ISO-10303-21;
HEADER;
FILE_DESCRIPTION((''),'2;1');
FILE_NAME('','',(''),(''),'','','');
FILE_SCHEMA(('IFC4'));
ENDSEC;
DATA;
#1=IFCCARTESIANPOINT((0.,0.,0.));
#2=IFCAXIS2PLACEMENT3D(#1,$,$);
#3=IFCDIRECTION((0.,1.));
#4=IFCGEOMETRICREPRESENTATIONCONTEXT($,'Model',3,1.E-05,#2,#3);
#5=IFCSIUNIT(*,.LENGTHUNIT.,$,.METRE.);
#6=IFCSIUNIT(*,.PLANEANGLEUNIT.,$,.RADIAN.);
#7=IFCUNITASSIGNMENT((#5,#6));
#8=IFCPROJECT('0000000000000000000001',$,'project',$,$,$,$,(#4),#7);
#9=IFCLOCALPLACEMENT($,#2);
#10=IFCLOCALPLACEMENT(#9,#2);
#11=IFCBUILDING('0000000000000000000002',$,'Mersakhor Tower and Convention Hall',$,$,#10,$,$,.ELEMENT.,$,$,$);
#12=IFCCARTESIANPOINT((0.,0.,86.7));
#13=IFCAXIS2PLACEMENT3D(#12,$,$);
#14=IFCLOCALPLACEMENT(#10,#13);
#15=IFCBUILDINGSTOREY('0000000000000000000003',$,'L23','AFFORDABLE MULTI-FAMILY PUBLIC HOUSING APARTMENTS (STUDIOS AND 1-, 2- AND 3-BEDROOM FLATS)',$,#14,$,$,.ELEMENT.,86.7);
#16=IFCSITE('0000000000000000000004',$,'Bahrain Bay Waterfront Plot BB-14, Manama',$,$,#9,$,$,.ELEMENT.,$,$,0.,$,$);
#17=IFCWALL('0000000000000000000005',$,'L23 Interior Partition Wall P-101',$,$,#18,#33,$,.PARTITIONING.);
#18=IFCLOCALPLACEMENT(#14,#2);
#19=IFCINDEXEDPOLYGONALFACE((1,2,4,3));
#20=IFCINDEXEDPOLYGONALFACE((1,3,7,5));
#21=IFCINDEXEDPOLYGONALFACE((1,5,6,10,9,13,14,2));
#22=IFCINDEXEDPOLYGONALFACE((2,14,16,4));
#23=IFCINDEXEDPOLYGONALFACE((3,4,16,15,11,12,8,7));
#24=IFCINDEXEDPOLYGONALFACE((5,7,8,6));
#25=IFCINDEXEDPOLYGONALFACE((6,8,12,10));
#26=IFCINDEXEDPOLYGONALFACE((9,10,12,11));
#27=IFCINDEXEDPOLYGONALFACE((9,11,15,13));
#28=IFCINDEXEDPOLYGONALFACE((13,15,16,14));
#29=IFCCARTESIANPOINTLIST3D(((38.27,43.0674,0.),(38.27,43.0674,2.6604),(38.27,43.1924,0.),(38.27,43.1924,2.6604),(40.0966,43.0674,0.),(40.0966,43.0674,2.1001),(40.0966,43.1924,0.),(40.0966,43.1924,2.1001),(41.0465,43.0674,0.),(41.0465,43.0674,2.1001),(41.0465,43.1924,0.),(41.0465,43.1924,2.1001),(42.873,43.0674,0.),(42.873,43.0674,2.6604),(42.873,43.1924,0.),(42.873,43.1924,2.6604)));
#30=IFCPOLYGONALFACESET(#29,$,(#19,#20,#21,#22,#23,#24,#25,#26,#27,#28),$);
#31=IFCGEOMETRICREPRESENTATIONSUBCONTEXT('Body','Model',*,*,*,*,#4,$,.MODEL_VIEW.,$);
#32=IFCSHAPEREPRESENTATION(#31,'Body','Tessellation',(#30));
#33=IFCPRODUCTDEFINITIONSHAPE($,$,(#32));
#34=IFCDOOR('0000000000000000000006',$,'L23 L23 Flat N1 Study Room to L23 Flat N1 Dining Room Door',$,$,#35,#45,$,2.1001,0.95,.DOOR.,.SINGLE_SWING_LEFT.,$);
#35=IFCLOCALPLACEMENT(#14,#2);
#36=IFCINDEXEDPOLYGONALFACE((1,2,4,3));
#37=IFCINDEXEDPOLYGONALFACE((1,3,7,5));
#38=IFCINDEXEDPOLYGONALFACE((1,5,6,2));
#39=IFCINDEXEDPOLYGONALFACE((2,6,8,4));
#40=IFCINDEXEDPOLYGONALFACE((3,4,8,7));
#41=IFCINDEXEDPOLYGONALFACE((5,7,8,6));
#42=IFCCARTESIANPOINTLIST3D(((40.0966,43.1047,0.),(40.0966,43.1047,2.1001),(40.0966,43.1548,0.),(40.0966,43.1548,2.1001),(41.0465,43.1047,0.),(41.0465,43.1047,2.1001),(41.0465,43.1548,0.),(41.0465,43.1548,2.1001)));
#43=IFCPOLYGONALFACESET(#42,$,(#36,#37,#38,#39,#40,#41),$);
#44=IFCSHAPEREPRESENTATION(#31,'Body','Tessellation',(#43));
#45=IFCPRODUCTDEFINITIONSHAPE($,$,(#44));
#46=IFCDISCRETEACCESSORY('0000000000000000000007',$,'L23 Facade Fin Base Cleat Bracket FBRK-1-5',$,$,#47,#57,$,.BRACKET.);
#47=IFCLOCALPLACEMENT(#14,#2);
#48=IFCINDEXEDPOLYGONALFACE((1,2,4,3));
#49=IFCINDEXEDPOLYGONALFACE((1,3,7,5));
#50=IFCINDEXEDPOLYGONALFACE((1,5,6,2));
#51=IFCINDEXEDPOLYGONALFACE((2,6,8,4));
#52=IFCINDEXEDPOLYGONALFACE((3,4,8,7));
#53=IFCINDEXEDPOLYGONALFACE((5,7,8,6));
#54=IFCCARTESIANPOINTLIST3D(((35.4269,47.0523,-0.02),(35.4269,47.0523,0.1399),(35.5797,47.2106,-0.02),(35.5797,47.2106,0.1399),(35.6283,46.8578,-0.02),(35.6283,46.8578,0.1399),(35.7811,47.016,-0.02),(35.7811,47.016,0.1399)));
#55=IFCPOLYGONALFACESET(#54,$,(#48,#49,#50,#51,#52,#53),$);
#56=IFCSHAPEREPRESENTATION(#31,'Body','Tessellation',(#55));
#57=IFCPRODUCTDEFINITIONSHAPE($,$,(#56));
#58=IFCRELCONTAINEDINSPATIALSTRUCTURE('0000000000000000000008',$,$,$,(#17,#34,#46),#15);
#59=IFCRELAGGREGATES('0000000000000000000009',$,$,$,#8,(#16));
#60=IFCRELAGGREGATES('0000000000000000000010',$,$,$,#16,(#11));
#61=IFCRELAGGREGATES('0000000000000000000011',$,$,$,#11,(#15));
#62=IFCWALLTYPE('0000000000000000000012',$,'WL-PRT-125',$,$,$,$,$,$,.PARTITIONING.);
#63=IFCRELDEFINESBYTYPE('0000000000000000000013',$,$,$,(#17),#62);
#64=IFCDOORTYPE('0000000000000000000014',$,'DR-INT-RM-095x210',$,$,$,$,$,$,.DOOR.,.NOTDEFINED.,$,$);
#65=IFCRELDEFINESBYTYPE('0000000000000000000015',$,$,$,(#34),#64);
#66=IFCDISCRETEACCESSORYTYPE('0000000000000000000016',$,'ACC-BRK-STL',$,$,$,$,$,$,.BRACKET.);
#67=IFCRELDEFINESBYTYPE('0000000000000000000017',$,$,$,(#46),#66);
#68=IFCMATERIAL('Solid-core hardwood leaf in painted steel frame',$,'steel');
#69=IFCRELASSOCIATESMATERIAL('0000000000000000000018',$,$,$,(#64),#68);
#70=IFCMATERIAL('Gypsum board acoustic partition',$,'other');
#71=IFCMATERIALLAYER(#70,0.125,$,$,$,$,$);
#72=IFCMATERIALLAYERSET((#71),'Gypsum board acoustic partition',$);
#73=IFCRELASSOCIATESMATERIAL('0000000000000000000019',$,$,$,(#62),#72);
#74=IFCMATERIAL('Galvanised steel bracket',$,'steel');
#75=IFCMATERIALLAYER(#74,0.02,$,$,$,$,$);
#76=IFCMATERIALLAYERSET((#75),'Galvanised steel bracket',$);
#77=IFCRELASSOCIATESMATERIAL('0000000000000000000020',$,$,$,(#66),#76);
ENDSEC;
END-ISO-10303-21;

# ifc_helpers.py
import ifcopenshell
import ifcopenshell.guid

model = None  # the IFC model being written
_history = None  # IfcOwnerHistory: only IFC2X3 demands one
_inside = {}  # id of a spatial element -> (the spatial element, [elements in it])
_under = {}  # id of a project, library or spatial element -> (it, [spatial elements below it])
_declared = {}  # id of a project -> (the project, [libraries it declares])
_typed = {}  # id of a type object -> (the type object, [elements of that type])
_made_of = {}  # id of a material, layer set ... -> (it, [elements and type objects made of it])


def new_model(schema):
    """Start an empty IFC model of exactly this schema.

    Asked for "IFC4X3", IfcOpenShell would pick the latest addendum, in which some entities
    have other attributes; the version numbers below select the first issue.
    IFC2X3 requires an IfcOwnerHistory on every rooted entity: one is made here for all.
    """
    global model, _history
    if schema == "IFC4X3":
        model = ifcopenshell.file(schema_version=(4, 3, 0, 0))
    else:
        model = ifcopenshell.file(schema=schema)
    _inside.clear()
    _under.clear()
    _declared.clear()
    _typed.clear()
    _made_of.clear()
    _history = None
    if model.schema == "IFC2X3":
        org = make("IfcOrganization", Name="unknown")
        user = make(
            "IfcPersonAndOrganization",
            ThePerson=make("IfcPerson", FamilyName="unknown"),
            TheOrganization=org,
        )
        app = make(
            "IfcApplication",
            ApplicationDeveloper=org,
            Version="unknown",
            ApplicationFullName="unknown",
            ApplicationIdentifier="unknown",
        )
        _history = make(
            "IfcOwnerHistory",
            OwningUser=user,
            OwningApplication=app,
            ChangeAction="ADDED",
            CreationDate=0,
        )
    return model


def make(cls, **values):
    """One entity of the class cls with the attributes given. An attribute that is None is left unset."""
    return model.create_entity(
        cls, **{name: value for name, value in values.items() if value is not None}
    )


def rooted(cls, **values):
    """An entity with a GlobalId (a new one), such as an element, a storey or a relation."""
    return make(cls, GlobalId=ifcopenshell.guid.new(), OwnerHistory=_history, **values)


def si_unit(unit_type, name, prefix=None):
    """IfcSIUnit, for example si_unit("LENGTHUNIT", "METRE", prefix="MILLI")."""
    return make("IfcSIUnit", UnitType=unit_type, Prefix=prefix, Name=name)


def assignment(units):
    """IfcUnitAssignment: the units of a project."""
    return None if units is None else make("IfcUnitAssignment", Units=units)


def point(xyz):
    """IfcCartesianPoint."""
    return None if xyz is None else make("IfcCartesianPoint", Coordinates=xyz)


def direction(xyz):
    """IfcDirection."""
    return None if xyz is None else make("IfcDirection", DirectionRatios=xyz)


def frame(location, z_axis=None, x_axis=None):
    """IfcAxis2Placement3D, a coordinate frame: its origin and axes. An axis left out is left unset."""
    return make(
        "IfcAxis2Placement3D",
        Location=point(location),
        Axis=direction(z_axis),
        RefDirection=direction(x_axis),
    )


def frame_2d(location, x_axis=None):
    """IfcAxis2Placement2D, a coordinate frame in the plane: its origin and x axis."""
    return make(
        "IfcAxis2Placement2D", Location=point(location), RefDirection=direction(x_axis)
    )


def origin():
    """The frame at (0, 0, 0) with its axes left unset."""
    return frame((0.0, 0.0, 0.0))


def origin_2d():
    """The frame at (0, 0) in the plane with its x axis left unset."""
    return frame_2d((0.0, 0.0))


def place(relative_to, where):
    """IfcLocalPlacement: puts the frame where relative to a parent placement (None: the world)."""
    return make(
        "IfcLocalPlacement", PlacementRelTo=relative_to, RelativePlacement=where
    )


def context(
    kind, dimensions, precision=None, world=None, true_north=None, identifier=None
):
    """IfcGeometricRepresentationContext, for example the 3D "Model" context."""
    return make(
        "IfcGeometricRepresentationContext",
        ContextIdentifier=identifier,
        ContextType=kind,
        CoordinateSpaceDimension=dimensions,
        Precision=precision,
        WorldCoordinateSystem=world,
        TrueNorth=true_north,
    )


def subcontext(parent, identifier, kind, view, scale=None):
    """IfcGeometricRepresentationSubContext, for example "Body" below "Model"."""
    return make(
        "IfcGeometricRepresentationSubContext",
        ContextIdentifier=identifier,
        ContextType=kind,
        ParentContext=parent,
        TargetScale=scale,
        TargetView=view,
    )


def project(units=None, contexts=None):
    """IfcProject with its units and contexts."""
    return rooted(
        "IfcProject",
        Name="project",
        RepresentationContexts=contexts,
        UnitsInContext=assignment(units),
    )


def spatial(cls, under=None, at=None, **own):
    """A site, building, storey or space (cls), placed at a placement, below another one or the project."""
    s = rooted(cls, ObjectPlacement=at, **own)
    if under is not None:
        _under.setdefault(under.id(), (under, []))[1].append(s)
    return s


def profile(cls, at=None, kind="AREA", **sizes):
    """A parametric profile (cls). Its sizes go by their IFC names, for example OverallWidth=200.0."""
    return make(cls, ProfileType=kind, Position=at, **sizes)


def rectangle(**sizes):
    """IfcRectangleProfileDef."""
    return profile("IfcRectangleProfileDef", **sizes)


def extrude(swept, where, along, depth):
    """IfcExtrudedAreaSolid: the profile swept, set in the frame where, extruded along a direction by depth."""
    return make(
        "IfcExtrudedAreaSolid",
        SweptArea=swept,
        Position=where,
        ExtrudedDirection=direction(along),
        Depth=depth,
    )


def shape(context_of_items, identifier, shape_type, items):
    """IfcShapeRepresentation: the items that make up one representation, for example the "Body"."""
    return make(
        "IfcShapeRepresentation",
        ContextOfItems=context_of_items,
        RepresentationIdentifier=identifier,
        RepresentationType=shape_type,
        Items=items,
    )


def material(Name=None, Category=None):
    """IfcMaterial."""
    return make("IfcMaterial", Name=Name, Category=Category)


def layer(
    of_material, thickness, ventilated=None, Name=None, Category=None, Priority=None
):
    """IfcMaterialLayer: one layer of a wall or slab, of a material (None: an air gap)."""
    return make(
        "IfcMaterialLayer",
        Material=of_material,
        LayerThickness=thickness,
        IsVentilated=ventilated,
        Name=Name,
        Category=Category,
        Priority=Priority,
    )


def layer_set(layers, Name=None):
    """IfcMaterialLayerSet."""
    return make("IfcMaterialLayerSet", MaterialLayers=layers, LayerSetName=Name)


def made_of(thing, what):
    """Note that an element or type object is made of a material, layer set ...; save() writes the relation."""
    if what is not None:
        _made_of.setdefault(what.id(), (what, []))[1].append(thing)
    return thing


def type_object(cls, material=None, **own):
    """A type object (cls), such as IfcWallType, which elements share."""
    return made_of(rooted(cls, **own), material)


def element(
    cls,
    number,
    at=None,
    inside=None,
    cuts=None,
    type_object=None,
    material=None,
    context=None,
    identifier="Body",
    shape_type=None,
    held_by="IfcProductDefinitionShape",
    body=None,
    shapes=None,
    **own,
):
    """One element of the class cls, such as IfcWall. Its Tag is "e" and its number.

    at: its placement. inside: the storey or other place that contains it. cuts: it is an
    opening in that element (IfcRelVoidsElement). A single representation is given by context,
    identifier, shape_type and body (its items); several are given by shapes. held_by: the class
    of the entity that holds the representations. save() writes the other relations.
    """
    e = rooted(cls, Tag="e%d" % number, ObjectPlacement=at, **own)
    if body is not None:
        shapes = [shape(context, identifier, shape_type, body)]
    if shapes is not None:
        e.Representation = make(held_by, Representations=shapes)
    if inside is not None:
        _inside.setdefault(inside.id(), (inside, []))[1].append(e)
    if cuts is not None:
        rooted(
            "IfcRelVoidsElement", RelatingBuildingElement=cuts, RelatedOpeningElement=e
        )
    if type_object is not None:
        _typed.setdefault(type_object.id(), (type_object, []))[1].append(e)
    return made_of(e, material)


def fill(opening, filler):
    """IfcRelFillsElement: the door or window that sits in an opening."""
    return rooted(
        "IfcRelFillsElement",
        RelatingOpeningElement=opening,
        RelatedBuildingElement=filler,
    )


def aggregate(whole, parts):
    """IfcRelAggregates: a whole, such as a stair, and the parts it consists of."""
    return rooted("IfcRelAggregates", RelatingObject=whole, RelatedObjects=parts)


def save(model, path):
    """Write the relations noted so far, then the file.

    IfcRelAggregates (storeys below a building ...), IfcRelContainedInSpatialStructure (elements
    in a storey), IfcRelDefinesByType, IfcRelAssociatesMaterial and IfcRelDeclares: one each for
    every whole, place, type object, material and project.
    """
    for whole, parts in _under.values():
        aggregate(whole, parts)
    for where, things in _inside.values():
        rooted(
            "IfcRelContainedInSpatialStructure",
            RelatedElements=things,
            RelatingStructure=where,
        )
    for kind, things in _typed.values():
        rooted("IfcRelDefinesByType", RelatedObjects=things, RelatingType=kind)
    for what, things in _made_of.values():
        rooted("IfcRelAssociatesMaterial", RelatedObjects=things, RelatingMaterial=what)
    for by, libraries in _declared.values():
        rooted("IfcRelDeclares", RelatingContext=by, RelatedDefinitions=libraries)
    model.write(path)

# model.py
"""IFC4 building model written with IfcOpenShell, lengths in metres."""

from ifc_helpers import new_model, si_unit, direction, frame, frame_2d, origin, origin_2d, place, context, subcontext, project, spatial, rectangle, extrude, material, layer, layer_set, type_object, element, fill, save


model = new_model("IFC4")

# Units and contexts
model_context = context("Model", 3, precision=1e-05, world=origin(), true_north=direction((0.0, 1.0)))
body_context = subcontext(model_context, "Body", "Model", "MODEL_VIEW")
ifc_project = project(units=[si_unit("LENGTHUNIT", "METRE"), si_unit("PLANEANGLEUNIT", "RADIAN")], contexts=[model_context])

# Site, building, storey
site_placement = place(None, origin())
site = spatial("IfcSite", under=ifc_project, at=site_placement, Name="Bahrain Bay Waterfront Plot BB-14, Manama", CompositionType="ELEMENT", RefElevation=0.0)
building_placement = place(site_placement, origin())
building = spatial("IfcBuilding", under=site, at=building_placement, Name="Mersakhor Tower and Convention Hall", CompositionType="ELEMENT")
storey_placement = place(building_placement, frame((0.0, 0.0, 86.7)))
storey = spatial("IfcBuildingStorey", under=building, at=storey_placement, Name="L23", Description="AFFORDABLE MULTI-FAMILY PUBLIC HOUSING APARTMENTS (STUDIOS AND 1-, 2- AND 3-BEDROOM FLATS)", CompositionType="ELEMENT", Elevation=86.7)

# Shared definitions
ifc_material_1 = material(Name="Solid-core hardwood leaf in painted steel frame", Category="steel")
door_type_1 = type_object("IfcDoorType", Name="DR-INT-RM-095x210", OperationType="NOTDEFINED", PredefinedType="DOOR", material=ifc_material_1)

# Wall, opening, door
ifc_material_2 = material(Name="Gypsum board acoustic partition", Category="other")
ifc_layer_1 = layer(ifc_material_2, 0.125)
ifc_layer_set_1 = layer_set([ifc_layer_1], Name="Gypsum board acoustic partition")
wall_type_1 = type_object("IfcWallType", Name="WL-PRT-125", PredefinedType="PARTITIONING", material=ifc_layer_set_1)
wall_1_placement = place(storey_placement, frame((38.27, 43.1299, 0.0), z_axis=(0.0, 0.0, 1.0), x_axis=(1.0, 0.0, 0.0)))
wall_1 = element("IfcWall", 1, at=wall_1_placement, inside=storey, type_object=wall_type_1, Name="L23 Interior Partition Wall P-101", PredefinedType="PARTITIONING", context=body_context, shape_type="SweptSolid", body=[
    extrude(rectangle(XDim=4.603, YDim=0.125, at=frame_2d((2.3015, 0.0))), origin(), (0.0, 0.0, 1.0), 2.6604),
])
opening_1_placement = place(wall_1_placement, frame((1.8264, 0.0, 0.0)))
opening_1 = element("IfcOpeningElement", 2, at=opening_1_placement, cuts=wall_1, PredefinedType="OPENING", context=body_context, shape_type="SweptSolid", body=[
    extrude(rectangle(XDim=0.95, YDim=2.1001, at=frame_2d((0.4751, 1.05))), frame((0.0, 0.0725, 0.0), z_axis=(0.0, -1.0, 0.0), x_axis=(1.0, 0.0, 0.0)), (0.0, 0.0, 1.0), 0.145),
])
door_1_placement = place(opening_1_placement, origin())
door_1 = element("IfcDoor", 3, at=door_1_placement, inside=storey, type_object=door_type_1, Name="L23 L23 Flat N1 Study Room to L23 Flat N1 Dining Room Door", OperationType="SINGLE_SWING_LEFT", OverallHeight=2.1001, OverallWidth=0.95, PredefinedType="DOOR", context=body_context, shape_type="SweptSolid", body=[
    extrude(rectangle(XDim=0.95, YDim=2.1001, at=frame_2d((0.4751, 1.05))), frame((0.0, 0.0249, 0.0), z_axis=(0.0, -1.0, 0.0), x_axis=(1.0, 0.0, 0.0)), (0.0, 0.0, 1.0), 0.05),
])
fill(opening_1, door_1)

# Discrete accessory
ifc_material_3 = material(Name="Galvanised steel bracket", Category="steel")
ifc_layer_2 = layer(ifc_material_3, 0.02)
ifc_layer_set_2 = layer_set([ifc_layer_2], Name="Galvanised steel bracket")
discrete_accessory_type = type_object("IfcDiscreteAccessoryType", Name="ACC-BRK-STL", PredefinedType="BRACKET", material=ifc_layer_set_2)
discrete_accessory_placement = place(storey_placement, frame((35.604, 47.0342, -0.02), z_axis=(0.0, 0.0, 1.0), x_axis=(-0.71934, 0.694658, 0.0)))
element("IfcDiscreteAccessory", 4, at=discrete_accessory_placement, inside=storey, type_object=discrete_accessory_type, Name="L23 Facade Fin Base Cleat Bracket FBRK-1-5", PredefinedType="BRACKET", context=body_context, shape_type="SweptSolid", body=[
    extrude(rectangle(XDim=0.28, YDim=0.22, at=origin_2d()), origin(), (0.0, 0.0, 1.0), 0.1599),
])

save(model, "model.ifc")
